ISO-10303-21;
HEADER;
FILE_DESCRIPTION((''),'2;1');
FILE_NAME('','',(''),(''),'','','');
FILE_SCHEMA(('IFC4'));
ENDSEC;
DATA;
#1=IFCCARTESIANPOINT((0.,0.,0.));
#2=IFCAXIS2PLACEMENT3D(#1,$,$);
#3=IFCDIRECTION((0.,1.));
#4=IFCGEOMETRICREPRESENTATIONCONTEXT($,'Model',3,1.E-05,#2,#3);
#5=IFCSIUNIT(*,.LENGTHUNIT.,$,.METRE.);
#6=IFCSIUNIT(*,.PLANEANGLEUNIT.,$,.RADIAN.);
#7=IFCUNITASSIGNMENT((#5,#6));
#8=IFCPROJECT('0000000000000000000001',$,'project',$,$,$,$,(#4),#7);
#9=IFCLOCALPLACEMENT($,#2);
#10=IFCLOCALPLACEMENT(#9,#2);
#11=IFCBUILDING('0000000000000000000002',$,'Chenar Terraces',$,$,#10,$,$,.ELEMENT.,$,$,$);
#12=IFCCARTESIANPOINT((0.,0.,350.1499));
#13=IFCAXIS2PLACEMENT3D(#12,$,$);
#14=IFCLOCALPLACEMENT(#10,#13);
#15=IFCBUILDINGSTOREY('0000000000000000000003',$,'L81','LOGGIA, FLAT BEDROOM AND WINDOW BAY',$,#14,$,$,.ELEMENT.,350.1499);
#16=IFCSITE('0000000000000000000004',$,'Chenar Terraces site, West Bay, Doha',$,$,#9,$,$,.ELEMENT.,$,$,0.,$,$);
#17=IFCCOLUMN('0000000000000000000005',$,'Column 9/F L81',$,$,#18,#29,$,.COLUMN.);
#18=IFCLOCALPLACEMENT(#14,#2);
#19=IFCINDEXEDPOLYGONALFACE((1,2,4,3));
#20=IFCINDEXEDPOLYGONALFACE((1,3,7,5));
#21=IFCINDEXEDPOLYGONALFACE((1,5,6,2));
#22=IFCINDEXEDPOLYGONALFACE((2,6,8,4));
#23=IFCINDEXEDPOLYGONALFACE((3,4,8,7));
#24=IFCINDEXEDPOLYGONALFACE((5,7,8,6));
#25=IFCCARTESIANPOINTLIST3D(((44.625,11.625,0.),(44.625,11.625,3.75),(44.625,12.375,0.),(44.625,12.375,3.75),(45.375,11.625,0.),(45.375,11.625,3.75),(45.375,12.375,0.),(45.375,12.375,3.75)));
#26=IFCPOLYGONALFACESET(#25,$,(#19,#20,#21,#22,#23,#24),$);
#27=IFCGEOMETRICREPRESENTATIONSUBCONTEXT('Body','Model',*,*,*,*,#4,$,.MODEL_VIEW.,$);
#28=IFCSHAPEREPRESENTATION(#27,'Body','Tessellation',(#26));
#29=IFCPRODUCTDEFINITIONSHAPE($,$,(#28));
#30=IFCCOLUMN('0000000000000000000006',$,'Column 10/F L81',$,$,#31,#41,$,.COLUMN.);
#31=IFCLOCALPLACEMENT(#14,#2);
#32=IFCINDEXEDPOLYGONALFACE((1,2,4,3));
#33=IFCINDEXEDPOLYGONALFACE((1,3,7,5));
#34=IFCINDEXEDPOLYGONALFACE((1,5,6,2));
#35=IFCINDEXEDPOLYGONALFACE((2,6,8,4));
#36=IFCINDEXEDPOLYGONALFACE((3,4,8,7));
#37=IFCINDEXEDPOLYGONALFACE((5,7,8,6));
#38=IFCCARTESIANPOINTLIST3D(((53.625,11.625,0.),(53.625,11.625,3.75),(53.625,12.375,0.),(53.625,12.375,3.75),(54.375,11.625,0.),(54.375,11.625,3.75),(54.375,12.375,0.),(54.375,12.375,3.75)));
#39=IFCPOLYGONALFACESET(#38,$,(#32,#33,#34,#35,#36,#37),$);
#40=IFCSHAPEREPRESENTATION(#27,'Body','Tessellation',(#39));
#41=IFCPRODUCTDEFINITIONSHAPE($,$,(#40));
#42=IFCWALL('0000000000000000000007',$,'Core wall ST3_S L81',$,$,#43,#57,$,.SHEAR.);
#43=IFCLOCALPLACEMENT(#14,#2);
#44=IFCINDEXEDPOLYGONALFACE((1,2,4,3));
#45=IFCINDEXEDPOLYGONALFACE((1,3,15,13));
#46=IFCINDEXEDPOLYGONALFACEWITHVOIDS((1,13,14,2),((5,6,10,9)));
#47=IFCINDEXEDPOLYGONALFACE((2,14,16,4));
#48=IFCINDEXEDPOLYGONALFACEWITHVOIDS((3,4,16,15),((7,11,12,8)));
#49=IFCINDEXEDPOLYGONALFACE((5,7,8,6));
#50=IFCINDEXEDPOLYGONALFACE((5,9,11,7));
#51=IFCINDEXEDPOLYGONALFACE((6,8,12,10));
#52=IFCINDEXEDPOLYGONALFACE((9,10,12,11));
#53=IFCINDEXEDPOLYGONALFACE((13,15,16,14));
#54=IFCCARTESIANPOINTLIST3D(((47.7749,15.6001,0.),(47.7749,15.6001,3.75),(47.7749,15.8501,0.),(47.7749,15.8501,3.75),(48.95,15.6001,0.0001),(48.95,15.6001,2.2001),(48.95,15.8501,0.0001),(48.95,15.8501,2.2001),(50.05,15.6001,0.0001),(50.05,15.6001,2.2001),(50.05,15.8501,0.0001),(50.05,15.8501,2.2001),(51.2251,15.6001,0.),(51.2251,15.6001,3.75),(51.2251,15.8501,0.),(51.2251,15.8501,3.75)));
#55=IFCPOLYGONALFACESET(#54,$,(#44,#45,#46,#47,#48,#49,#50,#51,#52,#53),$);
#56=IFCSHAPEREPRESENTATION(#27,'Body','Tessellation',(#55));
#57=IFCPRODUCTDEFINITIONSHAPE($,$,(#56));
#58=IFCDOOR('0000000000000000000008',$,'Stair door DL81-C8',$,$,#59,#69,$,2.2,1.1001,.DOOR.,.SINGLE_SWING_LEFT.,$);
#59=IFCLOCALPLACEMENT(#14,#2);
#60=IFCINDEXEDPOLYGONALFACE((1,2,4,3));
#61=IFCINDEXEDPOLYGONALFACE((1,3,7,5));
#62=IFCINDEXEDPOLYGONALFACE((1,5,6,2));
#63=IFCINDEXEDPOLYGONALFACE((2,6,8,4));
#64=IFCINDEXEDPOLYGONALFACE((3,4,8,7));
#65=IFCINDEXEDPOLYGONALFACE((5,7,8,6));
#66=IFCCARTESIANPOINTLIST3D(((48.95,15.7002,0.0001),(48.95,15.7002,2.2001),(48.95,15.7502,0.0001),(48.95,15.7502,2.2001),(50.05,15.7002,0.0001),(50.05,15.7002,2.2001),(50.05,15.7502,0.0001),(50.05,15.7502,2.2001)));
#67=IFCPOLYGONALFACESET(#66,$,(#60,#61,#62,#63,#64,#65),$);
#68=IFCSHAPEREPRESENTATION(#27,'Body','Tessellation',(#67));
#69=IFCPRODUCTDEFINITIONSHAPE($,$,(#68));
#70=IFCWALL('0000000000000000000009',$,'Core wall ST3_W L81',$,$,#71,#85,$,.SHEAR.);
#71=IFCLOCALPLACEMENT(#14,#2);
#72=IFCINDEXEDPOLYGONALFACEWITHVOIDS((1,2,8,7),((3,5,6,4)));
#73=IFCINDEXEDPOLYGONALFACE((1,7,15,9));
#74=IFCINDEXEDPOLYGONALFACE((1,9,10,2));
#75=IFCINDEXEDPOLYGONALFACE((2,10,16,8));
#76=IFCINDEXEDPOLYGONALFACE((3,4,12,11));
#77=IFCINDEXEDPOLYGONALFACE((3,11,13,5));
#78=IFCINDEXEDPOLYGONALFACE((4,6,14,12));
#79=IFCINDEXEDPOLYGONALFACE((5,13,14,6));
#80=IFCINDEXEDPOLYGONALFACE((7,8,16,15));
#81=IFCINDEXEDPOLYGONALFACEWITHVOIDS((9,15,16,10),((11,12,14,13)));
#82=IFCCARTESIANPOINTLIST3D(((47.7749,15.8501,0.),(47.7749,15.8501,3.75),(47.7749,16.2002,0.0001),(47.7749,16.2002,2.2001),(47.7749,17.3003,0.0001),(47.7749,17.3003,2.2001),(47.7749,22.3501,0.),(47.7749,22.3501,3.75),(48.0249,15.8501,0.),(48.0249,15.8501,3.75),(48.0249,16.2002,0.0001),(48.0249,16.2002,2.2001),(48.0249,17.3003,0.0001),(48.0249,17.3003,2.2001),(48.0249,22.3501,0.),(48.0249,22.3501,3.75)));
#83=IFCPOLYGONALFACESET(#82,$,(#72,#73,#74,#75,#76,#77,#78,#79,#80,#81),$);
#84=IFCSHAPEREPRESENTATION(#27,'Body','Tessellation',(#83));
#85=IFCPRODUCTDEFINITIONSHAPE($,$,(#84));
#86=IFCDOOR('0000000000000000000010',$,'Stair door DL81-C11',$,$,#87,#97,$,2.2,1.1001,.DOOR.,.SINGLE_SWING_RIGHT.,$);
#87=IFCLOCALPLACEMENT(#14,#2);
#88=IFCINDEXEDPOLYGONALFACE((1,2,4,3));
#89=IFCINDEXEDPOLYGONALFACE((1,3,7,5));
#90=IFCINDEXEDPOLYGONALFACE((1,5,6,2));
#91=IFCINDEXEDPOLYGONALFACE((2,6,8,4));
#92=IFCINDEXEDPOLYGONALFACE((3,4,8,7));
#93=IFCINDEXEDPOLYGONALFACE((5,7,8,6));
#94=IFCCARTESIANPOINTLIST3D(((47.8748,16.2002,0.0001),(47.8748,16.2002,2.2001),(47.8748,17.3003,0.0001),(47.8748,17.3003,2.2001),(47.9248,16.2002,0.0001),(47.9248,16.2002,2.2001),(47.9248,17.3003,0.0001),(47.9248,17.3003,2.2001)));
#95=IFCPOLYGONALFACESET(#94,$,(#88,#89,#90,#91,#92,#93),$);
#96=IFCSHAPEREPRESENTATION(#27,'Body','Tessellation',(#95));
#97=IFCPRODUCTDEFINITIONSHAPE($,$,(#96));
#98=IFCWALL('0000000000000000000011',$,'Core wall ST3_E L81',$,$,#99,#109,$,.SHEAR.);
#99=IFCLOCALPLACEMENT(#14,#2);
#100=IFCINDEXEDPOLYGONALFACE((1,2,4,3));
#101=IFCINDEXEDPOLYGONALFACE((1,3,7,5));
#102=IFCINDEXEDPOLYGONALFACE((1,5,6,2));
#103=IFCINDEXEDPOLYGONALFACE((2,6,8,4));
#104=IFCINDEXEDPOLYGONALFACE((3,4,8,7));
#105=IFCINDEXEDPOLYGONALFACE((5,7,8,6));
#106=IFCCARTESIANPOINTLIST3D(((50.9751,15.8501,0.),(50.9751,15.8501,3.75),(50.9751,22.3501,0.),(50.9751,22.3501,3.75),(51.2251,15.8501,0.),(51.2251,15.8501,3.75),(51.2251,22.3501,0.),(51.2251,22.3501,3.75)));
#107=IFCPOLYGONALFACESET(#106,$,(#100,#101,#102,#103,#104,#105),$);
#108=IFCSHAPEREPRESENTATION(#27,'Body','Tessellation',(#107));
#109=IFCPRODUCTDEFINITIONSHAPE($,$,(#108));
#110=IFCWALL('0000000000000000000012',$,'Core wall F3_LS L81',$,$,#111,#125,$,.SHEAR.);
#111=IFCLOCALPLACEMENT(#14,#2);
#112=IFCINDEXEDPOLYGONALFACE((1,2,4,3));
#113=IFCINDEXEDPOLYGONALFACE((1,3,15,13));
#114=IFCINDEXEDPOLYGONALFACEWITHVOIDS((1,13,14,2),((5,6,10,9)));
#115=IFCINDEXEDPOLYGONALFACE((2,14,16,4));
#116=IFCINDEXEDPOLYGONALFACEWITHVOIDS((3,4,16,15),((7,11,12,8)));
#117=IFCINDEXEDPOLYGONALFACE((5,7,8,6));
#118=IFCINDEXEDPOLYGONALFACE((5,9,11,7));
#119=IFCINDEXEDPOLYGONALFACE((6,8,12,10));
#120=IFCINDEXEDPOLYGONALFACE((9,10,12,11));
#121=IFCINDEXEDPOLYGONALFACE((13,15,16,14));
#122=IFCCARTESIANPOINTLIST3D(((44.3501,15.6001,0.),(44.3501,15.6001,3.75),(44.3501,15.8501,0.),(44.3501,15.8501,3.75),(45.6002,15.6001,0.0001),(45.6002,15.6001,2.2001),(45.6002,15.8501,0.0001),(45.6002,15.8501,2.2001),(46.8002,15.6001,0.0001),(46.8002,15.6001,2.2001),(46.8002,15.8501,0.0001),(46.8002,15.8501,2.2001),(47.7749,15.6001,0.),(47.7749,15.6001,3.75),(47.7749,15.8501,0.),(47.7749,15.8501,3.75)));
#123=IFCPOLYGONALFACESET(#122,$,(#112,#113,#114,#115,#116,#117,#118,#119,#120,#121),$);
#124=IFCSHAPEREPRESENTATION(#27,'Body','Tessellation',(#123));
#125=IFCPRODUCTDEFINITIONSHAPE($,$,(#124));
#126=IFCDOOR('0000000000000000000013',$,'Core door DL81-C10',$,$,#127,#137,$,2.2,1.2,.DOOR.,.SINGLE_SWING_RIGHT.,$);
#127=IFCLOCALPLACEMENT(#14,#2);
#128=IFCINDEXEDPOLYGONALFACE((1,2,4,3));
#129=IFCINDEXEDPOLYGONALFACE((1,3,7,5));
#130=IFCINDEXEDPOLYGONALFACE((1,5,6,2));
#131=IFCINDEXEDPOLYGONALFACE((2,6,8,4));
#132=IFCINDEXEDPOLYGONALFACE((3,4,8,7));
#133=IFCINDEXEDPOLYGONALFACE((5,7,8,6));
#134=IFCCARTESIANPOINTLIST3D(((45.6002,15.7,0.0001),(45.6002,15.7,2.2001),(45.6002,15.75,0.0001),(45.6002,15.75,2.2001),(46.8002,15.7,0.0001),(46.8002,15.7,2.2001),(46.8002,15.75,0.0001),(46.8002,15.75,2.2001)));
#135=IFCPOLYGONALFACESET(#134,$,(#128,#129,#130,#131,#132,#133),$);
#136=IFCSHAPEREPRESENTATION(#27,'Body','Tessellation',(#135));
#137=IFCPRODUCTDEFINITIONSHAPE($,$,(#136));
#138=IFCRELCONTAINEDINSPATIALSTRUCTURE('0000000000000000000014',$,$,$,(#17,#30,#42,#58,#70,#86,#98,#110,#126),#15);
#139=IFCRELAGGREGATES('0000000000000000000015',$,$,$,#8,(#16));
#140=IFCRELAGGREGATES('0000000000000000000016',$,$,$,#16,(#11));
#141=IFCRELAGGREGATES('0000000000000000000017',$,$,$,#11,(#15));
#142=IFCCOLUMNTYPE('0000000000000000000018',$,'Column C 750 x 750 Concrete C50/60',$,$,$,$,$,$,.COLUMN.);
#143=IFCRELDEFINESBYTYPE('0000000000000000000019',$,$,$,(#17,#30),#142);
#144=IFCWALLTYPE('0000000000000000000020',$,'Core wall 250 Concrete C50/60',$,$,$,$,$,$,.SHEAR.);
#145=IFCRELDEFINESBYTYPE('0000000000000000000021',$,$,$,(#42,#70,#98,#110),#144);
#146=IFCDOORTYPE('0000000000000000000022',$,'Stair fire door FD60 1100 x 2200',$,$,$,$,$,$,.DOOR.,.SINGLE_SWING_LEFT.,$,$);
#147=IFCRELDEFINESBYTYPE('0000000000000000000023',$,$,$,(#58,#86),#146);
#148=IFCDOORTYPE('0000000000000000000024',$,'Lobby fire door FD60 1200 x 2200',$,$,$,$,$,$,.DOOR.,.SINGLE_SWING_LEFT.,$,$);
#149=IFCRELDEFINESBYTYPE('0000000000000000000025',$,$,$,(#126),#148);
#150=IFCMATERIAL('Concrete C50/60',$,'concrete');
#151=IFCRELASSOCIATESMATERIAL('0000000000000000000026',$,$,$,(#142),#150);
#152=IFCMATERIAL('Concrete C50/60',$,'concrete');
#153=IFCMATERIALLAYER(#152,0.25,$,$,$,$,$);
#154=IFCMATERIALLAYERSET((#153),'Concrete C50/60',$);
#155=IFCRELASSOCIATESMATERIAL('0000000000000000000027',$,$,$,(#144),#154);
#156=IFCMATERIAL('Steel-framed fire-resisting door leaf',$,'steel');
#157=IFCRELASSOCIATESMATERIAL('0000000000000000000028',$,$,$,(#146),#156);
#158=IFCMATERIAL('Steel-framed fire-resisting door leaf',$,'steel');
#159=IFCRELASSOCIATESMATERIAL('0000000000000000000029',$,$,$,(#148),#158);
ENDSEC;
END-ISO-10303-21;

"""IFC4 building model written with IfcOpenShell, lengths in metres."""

from ifc_helpers import new_model, si_unit, direction, frame, frame_2d, origin, origin_2d, place, context, subcontext, project, spatial, rectangle, extrude, material, layer, layer_set, material_profile, profile_set, type_object, element, fill, save


model = new_model("IFC4")

# Units and contexts
model_context = context("Model", 3, precision=1e-05, world=origin(), true_north=direction((0.0, 1.0)))
body_context = subcontext(model_context, "Body", "Model", "MODEL_VIEW")
ifc_project = project(units=[si_unit("LENGTHUNIT", "METRE"), si_unit("PLANEANGLEUNIT", "RADIAN")], contexts=[model_context])

# Site, building, storey
site_placement = place(None, origin())
site = spatial("IfcSite", under=ifc_project, at=site_placement, Name="Chenar Terraces site, West Bay, Doha", CompositionType="ELEMENT", RefElevation=0.0)
building_placement = place(site_placement, origin())
building = spatial("IfcBuilding", under=site, at=building_placement, Name="Chenar Terraces", CompositionType="ELEMENT")
storey_placement = place(building_placement, frame((0.0, 0.0, 350.1499)))
storey = spatial("IfcBuildingStorey", under=building, at=storey_placement, Name="L81", Description="LOGGIA, FLAT BEDROOM AND WINDOW BAY", CompositionType="ELEMENT", Elevation=350.1499)

# Columns
ifc_material_1 = material(Name="Concrete C50/60", Category="concrete")
ifc_material_profile = material_profile(ifc_material_1, rectangle(XDim=0.75, YDim=0.75, at=origin_2d()), Name="C 750 x 750")
ifc_profile_set = profile_set([ifc_material_profile], Name="Concrete C50/60")
column_type = type_object("IfcColumnType", Name="Column C 750 x 750 Concrete C50/60", PredefinedType="COLUMN", material=ifc_profile_set)
for number, where, z_axis, x_axis, name in (
    (1, (45.0, 12.0, 0.0), (0.0, 0.0, 1.0), (1.0, 0.0, 0.0), "Column 9/F L81"),
    (2, (54.0, 12.0, 0.0), (0.0, 0.0, 1.0), (1.0, 0.0, 0.0), "Column 10/F L81"),
):
    element("IfcColumn", number, at=place(storey_placement, frame(where, z_axis=z_axis, x_axis=x_axis)), inside=storey, type_object=column_type, Name=name, PredefinedType="COLUMN", context=body_context, shape_type="SweptSolid", body=[
        extrude(rectangle(XDim=0.75, YDim=0.75, at=origin_2d()), origin(), (0.0, 0.0, 1.0), 3.75),
    ])

# Walls, openings, doors
ifc_material_2 = material(Name="Concrete C50/60", Category="concrete")
ifc_layer_1 = layer(ifc_material_2, 0.25)
ifc_layer_set_1 = layer_set([ifc_layer_1], Name="Concrete C50/60")
wall_type_1 = type_object("IfcWallType", Name="Core wall 250 Concrete C50/60", PredefinedType="SHEAR", material=ifc_layer_set_1)
wall_1_placement = place(storey_placement, frame((47.7749, 15.7251, 0.0), z_axis=(0.0, 0.0, 1.0), x_axis=(1.0, 0.0, 0.0)))
wall_1 = element("IfcWall", 3, at=wall_1_placement, inside=storey, type_object=wall_type_1, Name="Core wall ST3_S L81", PredefinedType="SHEAR", context=body_context, shape_type="SweptSolid", body=[
    extrude(rectangle(XDim=3.4502, YDim=0.25, at=frame_2d((1.7251, 0.0))), origin(), (0.0, 0.0, 1.0), 3.75),
])
opening_1_placement = place(wall_1_placement, frame((1.175, 0.0, 0.0)))
opening_1 = element("IfcOpeningElement", 4, at=opening_1_placement, cuts=wall_1, PredefinedType="OPENING", context=body_context, shape_type="SweptSolid", body=[
    extrude(rectangle(XDim=1.1001, YDim=2.2, at=frame_2d((0.55, 1.1001))), frame((0.0, 0.135, 0.0), z_axis=(0.0, -1.0, 0.0), x_axis=(1.0, 0.0, 0.0)), (0.0, 0.0, 1.0), 0.27),
])
ifc_material_3 = material(Name="Steel-framed fire-resisting door leaf", Category="steel")
door_type_1 = type_object("IfcDoorType", Name="Stair fire door FD60 1100 x 2200", OperationType="SINGLE_SWING_LEFT", PredefinedType="DOOR", material=ifc_material_3)
door_1_placement = place(opening_1_placement, frame((1.1001, 0.0, 0.0), z_axis=(0.0, 0.0, 1.0), x_axis=(-1.0, 0.0, 0.0)))
door_1 = element("IfcDoor", 5, at=door_1_placement, inside=storey, type_object=door_type_1, Name="Stair door DL81-C8", OperationType="SINGLE_SWING_LEFT", OverallHeight=2.2, OverallWidth=1.1001, PredefinedType="DOOR", context=body_context, shape_type="SweptSolid", body=[
    extrude(rectangle(XDim=1.1001, YDim=2.2, at=frame_2d((0.55, 1.1001))), frame((0.0, 0.0249, 0.0), z_axis=(0.0, -1.0, 0.0), x_axis=(1.0, 0.0, 0.0)), (0.0, 0.0, 1.0), 0.05),
])
fill(opening_1, door_1)
wall_2_placement = place(storey_placement, frame((47.8999, 15.8501, 0.0), z_axis=(0.0, 0.0, 1.0), x_axis=(0.0, 1.0, 0.0)))
wall_2 = element("IfcWall", 6, at=wall_2_placement, inside=storey, type_object=wall_type_1, Name="Core wall ST3_W L81", PredefinedType="SHEAR", context=body_context, shape_type="SweptSolid", body=[
    extrude(rectangle(XDim=6.5, YDim=0.25, at=frame_2d((3.25, 0.0))), origin(), (0.0, 0.0, 1.0), 3.75),
])
opening_2_placement = place(wall_2_placement, frame((0.3501, 0.0, 0.0)))
opening_2 = element("IfcOpeningElement", 7, at=opening_2_placement, cuts=wall_2, PredefinedType="OPENING", context=body_context, shape_type="SweptSolid", body=[
    extrude(rectangle(XDim=1.1001, YDim=2.2, at=frame_2d((0.55, 1.1001))), frame((0.0, 0.135, 0.0), z_axis=(0.0, -1.0, 0.0), x_axis=(1.0, 0.0, 0.0)), (0.0, 0.0, 1.0), 0.27),
])
door_2_placement = place(opening_2_placement, frame((1.1001, 0.0, 0.0), z_axis=(0.0, 0.0, 1.0), x_axis=(-1.0, 0.0, 0.0)))
door_2 = element("IfcDoor", 8, at=door_2_placement, inside=storey, type_object=door_type_1, Name="Stair door DL81-C11", OperationType="SINGLE_SWING_RIGHT", OverallHeight=2.2, OverallWidth=1.1001, PredefinedType="DOOR", context=body_context, shape_type="SweptSolid", body=[
    extrude(rectangle(XDim=1.1001, YDim=2.2, at=frame_2d((0.55, 1.1001))), frame((0.0, 0.0249, 0.0), z_axis=(0.0, -1.0, 0.0), x_axis=(1.0, 0.0, 0.0)), (0.0, 0.0, 1.0), 0.05),
])
fill(opening_2, door_2)

# Wall
wall_3_placement = place(storey_placement, frame((51.1001, 15.8501, 0.0), z_axis=(0.0, 0.0, 1.0), x_axis=(0.0, 1.0, 0.0)))
element("IfcWall", 9, at=wall_3_placement, inside=storey, type_object=wall_type_1, Name="Core wall ST3_E L81", PredefinedType="SHEAR", context=body_context, shape_type="SweptSolid", body=[
    extrude(rectangle(XDim=6.5, YDim=0.25, at=frame_2d((3.25, 0.0))), origin(), (0.0, 0.0, 1.0), 3.75),
])

# Wall, opening, door
wall_4_placement = place(storey_placement, frame((44.3501, 15.7251, 0.0), z_axis=(0.0, 0.0, 1.0), x_axis=(1.0, 0.0, 0.0)))
wall_4 = element("IfcWall", 10, at=wall_4_placement, inside=storey, type_object=wall_type_1, Name="Core wall F3_LS L81", PredefinedType="SHEAR", context=body_context, shape_type="SweptSolid", body=[
    extrude(rectangle(XDim=3.4248, YDim=0.25, at=frame_2d((1.7124, 0.0))), origin(), (0.0, 0.0, 1.0), 3.75),
])
opening_3_placement = place(wall_4_placement, frame((1.25, 0.0, 0.0)))
opening_3 = element("IfcOpeningElement", 11, at=opening_3_placement, cuts=wall_4, PredefinedType="OPENING", context=body_context, shape_type="SweptSolid", body=[
    extrude(rectangle(XDim=1.2, YDim=2.2, at=frame_2d((0.6001, 1.1001))), frame((0.0, 0.135, 0.0), z_axis=(0.0, -1.0, 0.0), x_axis=(1.0, 0.0, 0.0)), (0.0, 0.0, 1.0), 0.27),
])
ifc_material_4 = material(Name="Steel-framed fire-resisting door leaf", Category="steel")
door_type_2 = type_object("IfcDoorType", Name="Lobby fire door FD60 1200 x 2200", OperationType="SINGLE_SWING_LEFT", PredefinedType="DOOR", material=ifc_material_4)
door_3_placement = place(opening_3_placement, origin())
door_3 = element("IfcDoor", 12, at=door_3_placement, inside=storey, type_object=door_type_2, Name="Core door DL81-C10", OperationType="SINGLE_SWING_RIGHT", OverallHeight=2.2, OverallWidth=1.2, PredefinedType="DOOR", context=body_context, shape_type="SweptSolid", body=[
    extrude(rectangle(XDim=1.2, YDim=2.2, at=frame_2d((0.6001, 1.1001))), frame((0.0, 0.0249, 0.0), z_axis=(0.0, -1.0, 0.0), x_axis=(1.0, 0.0, 0.0)), (0.0, 0.0, 1.0), 0.05),
])
fill(opening_3, door_3)

save(model, "model.ifc")
